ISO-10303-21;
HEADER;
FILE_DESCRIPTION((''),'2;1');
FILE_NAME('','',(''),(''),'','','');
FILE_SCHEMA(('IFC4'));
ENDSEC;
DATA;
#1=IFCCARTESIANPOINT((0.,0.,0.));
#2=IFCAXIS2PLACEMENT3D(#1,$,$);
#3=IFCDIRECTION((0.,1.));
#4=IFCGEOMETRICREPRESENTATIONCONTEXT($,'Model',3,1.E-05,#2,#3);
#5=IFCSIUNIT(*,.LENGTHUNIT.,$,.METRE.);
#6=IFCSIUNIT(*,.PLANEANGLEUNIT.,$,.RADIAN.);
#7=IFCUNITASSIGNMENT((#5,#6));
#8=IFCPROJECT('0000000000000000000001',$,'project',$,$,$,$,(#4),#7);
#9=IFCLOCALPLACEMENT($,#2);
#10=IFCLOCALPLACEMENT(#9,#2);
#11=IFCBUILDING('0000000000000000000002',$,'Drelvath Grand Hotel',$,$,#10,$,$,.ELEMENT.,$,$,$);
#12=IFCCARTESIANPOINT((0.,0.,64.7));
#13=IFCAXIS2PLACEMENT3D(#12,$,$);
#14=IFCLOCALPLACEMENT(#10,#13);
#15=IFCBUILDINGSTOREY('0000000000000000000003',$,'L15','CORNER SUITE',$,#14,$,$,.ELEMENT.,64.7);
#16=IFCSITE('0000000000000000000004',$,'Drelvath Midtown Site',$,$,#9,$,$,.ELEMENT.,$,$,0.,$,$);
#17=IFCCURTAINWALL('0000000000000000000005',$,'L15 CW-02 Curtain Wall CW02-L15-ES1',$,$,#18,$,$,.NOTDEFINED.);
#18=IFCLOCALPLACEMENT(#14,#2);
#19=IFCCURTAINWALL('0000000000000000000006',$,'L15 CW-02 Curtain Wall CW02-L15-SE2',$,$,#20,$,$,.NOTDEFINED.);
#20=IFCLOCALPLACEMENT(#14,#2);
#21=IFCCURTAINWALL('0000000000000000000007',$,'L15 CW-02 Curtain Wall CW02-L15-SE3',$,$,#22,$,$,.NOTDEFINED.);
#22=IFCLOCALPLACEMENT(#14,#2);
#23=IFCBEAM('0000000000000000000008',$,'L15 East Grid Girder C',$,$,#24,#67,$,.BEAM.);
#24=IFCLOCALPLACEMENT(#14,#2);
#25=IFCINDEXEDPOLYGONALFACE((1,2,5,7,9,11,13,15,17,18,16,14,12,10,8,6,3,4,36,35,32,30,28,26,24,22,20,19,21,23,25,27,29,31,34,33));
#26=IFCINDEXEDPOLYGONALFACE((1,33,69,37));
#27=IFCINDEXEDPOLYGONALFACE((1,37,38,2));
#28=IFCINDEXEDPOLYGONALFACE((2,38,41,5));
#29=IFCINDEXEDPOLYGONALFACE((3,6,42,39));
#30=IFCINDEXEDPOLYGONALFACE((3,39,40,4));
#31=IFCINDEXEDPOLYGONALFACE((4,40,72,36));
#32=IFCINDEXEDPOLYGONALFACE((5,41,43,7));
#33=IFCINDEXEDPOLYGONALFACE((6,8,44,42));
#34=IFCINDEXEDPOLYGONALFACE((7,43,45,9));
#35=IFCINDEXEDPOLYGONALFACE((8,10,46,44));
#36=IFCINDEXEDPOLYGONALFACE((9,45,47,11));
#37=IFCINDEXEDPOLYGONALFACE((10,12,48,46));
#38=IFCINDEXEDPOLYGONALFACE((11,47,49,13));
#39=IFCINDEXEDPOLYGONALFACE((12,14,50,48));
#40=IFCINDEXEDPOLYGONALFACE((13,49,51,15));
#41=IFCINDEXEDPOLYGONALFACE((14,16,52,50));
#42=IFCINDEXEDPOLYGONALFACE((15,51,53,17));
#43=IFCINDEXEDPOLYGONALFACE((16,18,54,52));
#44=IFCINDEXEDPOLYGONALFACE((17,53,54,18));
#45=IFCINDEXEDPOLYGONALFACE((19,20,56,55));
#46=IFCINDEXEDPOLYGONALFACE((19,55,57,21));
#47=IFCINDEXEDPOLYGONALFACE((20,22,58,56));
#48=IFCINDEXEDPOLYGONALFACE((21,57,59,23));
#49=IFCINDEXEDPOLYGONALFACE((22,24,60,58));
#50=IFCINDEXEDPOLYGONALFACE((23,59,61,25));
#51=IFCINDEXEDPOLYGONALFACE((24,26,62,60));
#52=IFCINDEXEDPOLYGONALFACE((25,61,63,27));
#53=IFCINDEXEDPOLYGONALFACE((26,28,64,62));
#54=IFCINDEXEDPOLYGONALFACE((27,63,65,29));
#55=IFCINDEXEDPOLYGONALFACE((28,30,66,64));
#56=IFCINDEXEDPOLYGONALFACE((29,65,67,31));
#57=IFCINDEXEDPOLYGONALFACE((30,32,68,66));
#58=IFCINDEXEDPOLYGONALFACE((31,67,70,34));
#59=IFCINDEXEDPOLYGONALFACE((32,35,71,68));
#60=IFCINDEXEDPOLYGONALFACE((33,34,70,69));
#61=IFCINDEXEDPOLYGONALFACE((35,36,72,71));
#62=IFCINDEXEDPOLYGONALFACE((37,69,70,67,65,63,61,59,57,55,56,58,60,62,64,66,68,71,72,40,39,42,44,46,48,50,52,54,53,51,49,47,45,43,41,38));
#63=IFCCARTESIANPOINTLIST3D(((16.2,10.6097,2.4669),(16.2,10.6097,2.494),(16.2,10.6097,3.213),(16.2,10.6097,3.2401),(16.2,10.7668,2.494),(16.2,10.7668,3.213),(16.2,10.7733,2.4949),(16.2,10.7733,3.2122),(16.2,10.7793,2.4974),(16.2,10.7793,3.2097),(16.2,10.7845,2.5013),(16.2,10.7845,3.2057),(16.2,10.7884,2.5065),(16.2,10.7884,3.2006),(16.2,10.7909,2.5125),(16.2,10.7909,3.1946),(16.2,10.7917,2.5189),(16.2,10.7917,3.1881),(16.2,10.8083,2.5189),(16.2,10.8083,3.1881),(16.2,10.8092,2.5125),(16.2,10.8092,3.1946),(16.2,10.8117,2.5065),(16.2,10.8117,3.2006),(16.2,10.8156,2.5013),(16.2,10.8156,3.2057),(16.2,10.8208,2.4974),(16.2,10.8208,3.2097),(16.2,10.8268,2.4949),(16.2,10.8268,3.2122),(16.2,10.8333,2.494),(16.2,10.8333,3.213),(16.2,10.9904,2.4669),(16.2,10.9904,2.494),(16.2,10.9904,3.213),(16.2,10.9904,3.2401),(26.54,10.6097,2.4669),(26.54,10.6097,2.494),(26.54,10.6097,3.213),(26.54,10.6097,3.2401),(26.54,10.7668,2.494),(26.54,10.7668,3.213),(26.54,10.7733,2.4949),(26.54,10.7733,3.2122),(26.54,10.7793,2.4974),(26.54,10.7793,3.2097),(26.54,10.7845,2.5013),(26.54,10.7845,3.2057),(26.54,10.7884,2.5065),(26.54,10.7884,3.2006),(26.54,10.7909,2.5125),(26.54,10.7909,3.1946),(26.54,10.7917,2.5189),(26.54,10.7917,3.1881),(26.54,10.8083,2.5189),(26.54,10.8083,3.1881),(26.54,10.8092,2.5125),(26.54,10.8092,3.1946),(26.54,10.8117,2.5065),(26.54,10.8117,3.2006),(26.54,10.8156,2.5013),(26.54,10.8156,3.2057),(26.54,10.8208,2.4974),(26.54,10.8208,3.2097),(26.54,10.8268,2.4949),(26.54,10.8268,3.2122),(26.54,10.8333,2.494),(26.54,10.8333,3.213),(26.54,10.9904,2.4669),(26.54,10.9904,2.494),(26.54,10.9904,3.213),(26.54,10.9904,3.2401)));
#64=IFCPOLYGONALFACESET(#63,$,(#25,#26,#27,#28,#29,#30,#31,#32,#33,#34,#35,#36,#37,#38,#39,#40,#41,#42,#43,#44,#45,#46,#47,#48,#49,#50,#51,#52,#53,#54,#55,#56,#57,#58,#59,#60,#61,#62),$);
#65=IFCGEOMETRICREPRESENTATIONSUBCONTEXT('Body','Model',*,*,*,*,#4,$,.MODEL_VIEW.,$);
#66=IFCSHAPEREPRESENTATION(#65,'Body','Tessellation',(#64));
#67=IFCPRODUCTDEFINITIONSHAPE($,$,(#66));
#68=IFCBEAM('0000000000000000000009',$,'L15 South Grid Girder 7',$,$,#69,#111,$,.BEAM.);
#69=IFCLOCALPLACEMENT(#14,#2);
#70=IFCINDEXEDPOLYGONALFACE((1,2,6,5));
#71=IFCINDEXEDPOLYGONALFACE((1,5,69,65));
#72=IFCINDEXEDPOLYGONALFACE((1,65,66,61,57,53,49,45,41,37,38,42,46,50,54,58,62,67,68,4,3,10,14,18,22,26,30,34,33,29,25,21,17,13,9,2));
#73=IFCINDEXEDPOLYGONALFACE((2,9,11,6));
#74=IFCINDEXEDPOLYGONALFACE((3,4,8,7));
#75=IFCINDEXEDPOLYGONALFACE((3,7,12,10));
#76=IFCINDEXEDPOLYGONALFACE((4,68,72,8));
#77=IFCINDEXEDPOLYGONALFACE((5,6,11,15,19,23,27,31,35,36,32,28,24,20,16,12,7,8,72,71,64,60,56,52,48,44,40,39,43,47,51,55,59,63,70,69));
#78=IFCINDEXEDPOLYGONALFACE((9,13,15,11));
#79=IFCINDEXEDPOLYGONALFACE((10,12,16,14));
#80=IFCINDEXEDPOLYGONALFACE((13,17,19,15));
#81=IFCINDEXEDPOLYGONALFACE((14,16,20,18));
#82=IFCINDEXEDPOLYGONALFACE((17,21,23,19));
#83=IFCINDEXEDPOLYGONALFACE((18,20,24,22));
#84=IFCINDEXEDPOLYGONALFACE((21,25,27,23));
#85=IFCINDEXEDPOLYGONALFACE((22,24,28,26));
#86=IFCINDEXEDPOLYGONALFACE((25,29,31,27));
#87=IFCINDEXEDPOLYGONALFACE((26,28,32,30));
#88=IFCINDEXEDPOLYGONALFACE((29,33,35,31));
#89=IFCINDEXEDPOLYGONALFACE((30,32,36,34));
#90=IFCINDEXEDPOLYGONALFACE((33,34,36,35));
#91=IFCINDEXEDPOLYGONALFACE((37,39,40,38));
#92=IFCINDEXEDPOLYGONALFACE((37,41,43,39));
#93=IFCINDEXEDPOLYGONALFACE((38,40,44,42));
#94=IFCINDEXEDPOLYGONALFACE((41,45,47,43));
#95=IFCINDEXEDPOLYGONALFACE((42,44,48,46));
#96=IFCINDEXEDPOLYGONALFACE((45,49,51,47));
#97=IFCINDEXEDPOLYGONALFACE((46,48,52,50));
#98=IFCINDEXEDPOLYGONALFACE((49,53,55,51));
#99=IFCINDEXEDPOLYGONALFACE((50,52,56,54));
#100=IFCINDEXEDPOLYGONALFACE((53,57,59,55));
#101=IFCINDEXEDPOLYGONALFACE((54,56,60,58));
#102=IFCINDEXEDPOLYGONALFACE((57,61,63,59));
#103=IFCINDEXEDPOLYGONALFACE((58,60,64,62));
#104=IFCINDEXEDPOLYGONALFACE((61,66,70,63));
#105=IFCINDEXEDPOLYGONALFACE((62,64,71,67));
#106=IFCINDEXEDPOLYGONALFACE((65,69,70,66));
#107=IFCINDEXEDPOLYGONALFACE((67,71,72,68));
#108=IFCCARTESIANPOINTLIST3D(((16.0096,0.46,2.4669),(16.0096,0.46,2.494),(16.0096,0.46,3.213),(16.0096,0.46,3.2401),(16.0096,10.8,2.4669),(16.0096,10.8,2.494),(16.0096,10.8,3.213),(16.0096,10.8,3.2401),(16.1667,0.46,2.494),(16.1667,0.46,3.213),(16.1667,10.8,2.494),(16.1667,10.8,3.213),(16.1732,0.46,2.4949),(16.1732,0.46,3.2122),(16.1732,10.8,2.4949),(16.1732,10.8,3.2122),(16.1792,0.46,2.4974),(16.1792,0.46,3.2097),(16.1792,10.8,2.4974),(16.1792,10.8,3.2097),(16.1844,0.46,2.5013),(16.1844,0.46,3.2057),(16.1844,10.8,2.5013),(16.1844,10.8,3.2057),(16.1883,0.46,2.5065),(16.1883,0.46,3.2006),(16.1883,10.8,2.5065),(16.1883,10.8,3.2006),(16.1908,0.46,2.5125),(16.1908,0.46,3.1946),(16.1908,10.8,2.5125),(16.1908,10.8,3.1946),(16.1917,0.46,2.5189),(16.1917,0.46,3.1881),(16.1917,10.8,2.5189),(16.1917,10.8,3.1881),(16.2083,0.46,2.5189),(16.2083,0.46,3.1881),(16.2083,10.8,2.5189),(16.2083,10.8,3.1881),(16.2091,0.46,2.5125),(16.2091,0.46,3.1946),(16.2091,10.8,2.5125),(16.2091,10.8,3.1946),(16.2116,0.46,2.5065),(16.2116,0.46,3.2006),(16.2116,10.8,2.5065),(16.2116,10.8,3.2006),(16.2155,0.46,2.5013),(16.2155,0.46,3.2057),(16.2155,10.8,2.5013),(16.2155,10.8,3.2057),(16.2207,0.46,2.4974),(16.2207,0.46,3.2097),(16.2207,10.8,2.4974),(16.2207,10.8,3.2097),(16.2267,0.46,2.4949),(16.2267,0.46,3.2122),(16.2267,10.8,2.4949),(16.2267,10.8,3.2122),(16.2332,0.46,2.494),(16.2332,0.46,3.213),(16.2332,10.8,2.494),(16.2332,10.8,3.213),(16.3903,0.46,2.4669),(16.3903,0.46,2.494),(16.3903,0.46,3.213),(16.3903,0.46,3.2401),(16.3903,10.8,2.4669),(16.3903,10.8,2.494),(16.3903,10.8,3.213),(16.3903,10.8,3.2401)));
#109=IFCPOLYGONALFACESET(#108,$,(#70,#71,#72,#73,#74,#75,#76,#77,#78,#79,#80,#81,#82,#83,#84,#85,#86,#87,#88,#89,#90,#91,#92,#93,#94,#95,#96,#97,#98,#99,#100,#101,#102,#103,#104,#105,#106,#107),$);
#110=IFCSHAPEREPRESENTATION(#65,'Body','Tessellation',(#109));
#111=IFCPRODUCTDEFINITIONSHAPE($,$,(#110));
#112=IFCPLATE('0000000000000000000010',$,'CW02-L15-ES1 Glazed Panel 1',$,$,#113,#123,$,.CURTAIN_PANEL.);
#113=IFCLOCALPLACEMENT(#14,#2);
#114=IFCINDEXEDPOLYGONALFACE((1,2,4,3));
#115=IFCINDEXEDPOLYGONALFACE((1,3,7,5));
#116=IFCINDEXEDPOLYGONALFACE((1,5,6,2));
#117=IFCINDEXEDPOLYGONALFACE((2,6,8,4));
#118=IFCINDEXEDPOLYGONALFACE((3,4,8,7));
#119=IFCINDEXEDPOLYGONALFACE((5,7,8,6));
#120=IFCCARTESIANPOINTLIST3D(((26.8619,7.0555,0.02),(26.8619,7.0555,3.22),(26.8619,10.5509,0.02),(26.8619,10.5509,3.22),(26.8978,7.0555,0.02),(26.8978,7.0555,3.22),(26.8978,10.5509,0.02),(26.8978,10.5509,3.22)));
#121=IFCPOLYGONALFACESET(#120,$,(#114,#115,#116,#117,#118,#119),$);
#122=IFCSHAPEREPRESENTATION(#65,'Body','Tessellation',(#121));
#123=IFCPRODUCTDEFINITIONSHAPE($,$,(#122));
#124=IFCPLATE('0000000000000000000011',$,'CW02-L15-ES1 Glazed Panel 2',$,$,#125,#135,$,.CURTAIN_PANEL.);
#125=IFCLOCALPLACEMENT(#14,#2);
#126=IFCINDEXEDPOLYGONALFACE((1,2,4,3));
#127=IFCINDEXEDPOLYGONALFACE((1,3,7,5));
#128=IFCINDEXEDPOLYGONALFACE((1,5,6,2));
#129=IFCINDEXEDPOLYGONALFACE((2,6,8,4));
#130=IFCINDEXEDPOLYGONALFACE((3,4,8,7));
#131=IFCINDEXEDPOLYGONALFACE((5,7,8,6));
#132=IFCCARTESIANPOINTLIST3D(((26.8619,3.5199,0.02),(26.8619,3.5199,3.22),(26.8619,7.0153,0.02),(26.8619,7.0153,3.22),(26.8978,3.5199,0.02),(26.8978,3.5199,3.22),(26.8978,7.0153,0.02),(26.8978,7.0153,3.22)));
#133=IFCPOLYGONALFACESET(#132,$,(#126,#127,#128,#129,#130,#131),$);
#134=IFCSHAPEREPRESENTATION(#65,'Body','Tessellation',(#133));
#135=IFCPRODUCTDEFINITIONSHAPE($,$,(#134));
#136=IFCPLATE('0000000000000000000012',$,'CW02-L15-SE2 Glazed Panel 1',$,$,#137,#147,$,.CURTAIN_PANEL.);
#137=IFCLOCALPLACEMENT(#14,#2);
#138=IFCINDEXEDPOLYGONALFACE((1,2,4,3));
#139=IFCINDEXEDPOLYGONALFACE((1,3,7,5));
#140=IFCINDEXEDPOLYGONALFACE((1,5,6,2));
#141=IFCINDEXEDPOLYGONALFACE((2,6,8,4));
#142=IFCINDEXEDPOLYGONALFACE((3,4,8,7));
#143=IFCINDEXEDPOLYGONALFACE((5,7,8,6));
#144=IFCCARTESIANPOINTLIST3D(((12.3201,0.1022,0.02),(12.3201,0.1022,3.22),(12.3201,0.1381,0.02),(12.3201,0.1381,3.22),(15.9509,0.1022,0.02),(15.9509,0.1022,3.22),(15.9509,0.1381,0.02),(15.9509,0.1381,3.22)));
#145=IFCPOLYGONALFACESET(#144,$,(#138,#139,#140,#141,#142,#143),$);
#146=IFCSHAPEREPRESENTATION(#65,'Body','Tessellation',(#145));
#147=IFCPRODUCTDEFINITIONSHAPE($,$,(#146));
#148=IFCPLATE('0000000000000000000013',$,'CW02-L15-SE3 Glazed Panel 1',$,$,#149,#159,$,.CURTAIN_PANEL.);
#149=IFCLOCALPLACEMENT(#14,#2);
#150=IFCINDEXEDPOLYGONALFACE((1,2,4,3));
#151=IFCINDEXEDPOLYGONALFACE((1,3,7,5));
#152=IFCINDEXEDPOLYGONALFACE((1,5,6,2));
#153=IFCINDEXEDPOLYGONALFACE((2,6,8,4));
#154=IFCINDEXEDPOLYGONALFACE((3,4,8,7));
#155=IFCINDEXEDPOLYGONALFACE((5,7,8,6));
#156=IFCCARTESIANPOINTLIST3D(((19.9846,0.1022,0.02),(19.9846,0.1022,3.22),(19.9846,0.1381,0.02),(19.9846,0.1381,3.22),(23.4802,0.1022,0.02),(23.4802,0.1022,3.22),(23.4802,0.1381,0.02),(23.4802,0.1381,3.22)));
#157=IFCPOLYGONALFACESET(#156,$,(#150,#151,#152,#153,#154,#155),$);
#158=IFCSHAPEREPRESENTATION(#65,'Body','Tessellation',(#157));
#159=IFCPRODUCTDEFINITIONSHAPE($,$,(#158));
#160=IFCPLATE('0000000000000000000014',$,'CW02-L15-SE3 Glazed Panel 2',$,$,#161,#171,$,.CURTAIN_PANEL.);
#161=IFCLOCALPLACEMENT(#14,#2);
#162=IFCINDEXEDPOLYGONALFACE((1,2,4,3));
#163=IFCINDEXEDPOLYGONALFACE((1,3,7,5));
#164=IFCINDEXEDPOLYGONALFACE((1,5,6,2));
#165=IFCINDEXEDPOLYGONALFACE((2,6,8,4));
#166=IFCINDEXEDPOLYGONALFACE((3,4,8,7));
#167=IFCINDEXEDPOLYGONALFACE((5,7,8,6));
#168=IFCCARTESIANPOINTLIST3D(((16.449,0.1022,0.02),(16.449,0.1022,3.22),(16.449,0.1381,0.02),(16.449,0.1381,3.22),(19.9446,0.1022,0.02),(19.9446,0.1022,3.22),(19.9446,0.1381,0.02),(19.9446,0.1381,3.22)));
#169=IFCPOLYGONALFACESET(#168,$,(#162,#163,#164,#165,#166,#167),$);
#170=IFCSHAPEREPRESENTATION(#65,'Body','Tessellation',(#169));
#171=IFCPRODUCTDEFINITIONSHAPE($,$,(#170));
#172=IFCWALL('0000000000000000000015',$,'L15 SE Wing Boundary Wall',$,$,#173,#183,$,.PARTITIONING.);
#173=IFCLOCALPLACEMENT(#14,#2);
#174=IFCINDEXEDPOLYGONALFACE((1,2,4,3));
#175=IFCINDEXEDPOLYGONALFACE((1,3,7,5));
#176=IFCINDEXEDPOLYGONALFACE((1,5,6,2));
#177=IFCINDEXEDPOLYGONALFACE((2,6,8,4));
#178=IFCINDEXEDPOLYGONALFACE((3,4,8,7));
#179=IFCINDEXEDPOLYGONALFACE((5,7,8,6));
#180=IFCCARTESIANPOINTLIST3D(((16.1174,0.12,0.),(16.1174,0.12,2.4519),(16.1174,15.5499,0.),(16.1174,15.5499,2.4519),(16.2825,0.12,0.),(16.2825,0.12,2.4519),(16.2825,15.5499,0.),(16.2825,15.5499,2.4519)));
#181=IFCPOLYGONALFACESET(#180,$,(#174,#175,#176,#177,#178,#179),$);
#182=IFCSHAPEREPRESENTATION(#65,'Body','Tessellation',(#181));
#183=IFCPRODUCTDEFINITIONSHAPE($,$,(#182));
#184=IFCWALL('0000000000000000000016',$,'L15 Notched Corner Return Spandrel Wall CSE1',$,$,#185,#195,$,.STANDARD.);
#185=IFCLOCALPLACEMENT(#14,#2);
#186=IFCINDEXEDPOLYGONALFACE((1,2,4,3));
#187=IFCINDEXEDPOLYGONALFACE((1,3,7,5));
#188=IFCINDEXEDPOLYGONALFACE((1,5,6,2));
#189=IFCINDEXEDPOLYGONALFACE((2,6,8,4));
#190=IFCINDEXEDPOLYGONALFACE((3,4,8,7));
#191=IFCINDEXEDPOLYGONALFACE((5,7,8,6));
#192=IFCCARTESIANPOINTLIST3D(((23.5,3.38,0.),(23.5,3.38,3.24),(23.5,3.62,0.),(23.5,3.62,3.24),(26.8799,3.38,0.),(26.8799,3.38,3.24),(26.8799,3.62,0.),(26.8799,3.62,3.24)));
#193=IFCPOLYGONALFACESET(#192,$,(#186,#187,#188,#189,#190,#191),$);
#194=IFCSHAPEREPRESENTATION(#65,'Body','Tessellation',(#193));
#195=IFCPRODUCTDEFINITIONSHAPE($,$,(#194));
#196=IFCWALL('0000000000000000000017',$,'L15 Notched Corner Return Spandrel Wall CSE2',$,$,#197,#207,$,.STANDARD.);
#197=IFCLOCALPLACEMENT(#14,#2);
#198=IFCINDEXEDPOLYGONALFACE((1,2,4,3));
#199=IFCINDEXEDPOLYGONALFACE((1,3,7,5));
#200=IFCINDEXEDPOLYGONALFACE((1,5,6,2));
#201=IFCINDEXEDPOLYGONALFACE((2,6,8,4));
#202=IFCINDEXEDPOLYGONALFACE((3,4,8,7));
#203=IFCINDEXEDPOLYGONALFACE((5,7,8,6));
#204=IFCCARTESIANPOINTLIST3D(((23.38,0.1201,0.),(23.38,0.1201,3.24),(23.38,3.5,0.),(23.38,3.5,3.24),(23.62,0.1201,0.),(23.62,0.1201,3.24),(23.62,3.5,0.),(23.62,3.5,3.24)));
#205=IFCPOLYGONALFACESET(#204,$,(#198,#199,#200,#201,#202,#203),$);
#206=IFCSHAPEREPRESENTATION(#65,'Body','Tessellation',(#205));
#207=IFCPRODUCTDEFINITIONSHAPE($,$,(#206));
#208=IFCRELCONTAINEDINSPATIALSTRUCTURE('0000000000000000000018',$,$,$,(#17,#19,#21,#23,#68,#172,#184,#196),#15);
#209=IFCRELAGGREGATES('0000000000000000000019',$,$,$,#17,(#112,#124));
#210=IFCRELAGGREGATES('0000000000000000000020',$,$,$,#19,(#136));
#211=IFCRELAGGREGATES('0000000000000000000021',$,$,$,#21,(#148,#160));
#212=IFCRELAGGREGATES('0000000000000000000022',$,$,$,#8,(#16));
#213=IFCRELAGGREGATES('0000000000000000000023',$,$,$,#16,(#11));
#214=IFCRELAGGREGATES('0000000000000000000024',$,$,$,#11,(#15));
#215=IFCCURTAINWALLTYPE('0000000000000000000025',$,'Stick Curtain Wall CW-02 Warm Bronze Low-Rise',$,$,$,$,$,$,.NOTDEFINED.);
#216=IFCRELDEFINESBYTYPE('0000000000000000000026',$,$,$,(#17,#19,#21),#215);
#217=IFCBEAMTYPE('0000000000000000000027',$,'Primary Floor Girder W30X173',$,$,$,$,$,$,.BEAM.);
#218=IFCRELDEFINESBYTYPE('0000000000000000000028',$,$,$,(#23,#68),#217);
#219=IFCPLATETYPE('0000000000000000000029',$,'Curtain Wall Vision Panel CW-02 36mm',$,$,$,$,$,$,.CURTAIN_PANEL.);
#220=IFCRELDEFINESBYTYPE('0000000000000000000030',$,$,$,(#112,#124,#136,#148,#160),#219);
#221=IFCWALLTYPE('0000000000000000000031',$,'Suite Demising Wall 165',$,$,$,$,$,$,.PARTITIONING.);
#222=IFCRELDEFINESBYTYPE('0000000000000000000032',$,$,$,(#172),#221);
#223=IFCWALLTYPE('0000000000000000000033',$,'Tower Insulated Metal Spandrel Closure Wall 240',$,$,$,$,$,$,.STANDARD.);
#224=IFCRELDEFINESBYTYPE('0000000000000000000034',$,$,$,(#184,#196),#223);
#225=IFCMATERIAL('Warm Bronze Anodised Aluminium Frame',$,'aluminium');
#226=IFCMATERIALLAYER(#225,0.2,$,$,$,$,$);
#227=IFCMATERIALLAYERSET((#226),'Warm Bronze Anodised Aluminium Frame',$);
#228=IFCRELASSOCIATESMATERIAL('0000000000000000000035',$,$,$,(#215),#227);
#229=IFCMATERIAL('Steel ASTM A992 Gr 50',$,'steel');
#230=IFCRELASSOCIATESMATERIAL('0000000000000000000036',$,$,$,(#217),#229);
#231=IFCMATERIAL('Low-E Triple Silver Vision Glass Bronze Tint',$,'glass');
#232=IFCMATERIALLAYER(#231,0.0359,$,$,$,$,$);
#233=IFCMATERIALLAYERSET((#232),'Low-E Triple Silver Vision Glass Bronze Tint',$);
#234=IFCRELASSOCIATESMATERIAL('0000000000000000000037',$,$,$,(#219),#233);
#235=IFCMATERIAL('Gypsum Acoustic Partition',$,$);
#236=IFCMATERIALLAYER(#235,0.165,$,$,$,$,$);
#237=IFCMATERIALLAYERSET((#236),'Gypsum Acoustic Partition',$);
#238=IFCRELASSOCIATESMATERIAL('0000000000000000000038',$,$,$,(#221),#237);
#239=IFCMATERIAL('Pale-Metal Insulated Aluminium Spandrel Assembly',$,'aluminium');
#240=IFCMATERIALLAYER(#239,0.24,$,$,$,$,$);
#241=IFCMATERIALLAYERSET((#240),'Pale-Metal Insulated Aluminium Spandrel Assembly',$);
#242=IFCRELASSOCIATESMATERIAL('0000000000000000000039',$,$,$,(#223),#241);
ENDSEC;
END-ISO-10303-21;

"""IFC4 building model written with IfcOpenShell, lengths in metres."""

from ifc_helpers import new_model, si_unit, direction, frame, frame_2d, origin, origin_2d, place, context, subcontext, project, spatial, rectangle, i_section, extrude, material, layer, layer_set, material_profile, profile_set, type_object, element, aggregate, save


model = new_model("IFC4")

# Units and contexts
model_context = context("Model", 3, precision=1e-05, world=origin(), true_north=direction((0.0, 1.0)))
body_context = subcontext(model_context, "Body", "Model", "MODEL_VIEW")
ifc_project = project(units=[si_unit("LENGTHUNIT", "METRE"), si_unit("PLANEANGLEUNIT", "RADIAN")], contexts=[model_context])

# Site, building, storey
site_placement = place(None, origin())
site = spatial("IfcSite", under=ifc_project, at=site_placement, Name="Drelvath Midtown Site", CompositionType="ELEMENT", RefElevation=0.0)
building_placement = place(site_placement, origin())
building = spatial("IfcBuilding", under=site, at=building_placement, Name="Drelvath Grand Hotel", CompositionType="ELEMENT")
storey_placement = place(building_placement, frame((0.0, 0.0, 64.7)))
storey = spatial("IfcBuildingStorey", under=building, at=storey_placement, Name="L15", Description="CORNER SUITE", CompositionType="ELEMENT", Elevation=64.7)

# Shared definitions
ifc_material_1 = material(Name="Steel ASTM A992 Gr 50", Category="steel")

# Curtain walls
ifc_material_2 = material(Name="Warm Bronze Anodised Aluminium Frame", Category="aluminium")
ifc_layer_1 = layer(ifc_material_2, 0.2)
ifc_layer_set_1 = layer_set([ifc_layer_1], Name="Warm Bronze Anodised Aluminium Frame")
curtain_wall_type = type_object("IfcCurtainWallType", Name="Stick Curtain Wall CW-02 Warm Bronze Low-Rise", PredefinedType="NOTDEFINED", material=ifc_layer_set_1)
curtain_wall_1_placement = place(storey_placement, origin())
curtain_wall_1 = element("IfcCurtainWall", 1, at=curtain_wall_1_placement, inside=storey, type_object=curtain_wall_type, Name="L15 CW-02 Curtain Wall CW02-L15-ES1", PredefinedType="NOTDEFINED")
curtain_wall_2_placement = place(storey_placement, origin())
curtain_wall_2 = element("IfcCurtainWall", 2, at=curtain_wall_2_placement, inside=storey, type_object=curtain_wall_type, Name="L15 CW-02 Curtain Wall CW02-L15-SE2", PredefinedType="NOTDEFINED")
curtain_wall_3_placement = place(storey_placement, origin())
curtain_wall_3 = element("IfcCurtainWall", 3, at=curtain_wall_3_placement, inside=storey, type_object=curtain_wall_type, Name="L15 CW-02 Curtain Wall CW02-L15-SE3", PredefinedType="NOTDEFINED")

# Beams
ifc_material_profile_1 = material_profile(ifc_material_1, i_section(OverallWidth=0.3806, OverallDepth=0.7732, WebThickness=0.0166, FlangeThickness=0.0271, FilletRadius=0.0249, at=origin_2d()), Name="W30X173")
ifc_profile_set_1 = profile_set([ifc_material_profile_1], Name="Steel ASTM A992 Gr 50")
beam_type_1 = type_object("IfcBeamType", Name="Primary Floor Girder W30X173", PredefinedType="BEAM", material=ifc_profile_set_1)
for number, where, z_axis, x_axis, name in (
    (4, (16.2, 10.8, 2.8535), (1.0, 0.0, 0.0), (0.0, 1.0, 0.0), "L15 East Grid Girder C"),
    (5, (16.2, 0.46, 2.8535), (0.0, 1.0, 0.0), (-1.0, 0.0, 0.0), "L15 South Grid Girder 7"),
):
    element("IfcBeam", number, at=place(storey_placement, frame(where, z_axis=z_axis, x_axis=x_axis)), inside=storey, type_object=beam_type_1, Name=name, PredefinedType="BEAM", context=body_context, shape_type="SweptSolid", body=[
        extrude(i_section(OverallWidth=0.3806, OverallDepth=0.7732, WebThickness=0.0166, FlangeThickness=0.0271, FilletRadius=0.0249, at=origin_2d()), origin(), (0.0, 0.0, 1.0), 10.3401),
    ])

# Plates
ifc_material_3 = material(Name="Low-E Triple Silver Vision Glass Bronze Tint", Category="glass")
ifc_layer_2 = layer(ifc_material_3, 0.0359)
ifc_layer_set_2 = layer_set([ifc_layer_2], Name="Low-E Triple Silver Vision Glass Bronze Tint")
plate_type = type_object("IfcPlateType", Name="Curtain Wall Vision Panel CW-02 36mm", PredefinedType="CURTAIN_PANEL", material=ifc_layer_set_2)
plate_1_placement = place(storey_placement, frame((26.8799, 8.8032, 0.02), z_axis=(0.0, 0.0, 1.0), x_axis=(0.0, -1.0, 0.0)))
plate_1 = element("IfcPlate", 6, at=plate_1_placement, type_object=plate_type, Name="CW02-L15-ES1 Glazed Panel 1", PredefinedType="CURTAIN_PANEL", context=body_context, shape_type="SweptSolid", body=[
    extrude(rectangle(XDim=3.4954, YDim=0.0359, at=origin_2d()), origin(), (0.0, 0.0, 1.0), 3.2),
])
plate_2_placement = place(storey_placement, frame((26.8799, 5.2676, 0.02), z_axis=(0.0, 0.0, 1.0), x_axis=(0.0, -1.0, 0.0)))
plate_2 = element("IfcPlate", 7, at=plate_2_placement, type_object=plate_type, Name="CW02-L15-ES1 Glazed Panel 2", PredefinedType="CURTAIN_PANEL", context=body_context, shape_type="SweptSolid", body=[
    extrude(rectangle(XDim=3.4954, YDim=0.0359, at=origin_2d()), origin(), (0.0, 0.0, 1.0), 3.2),
])
aggregate(curtain_wall_1, [plate_1, plate_2])
plate_3_placement = place(storey_placement, frame((14.1355, 0.1201, 0.02), z_axis=(0.0, 0.0, 1.0), x_axis=(-1.0, 0.0, 0.0)))
plate_3 = element("IfcPlate", 8, at=plate_3_placement, type_object=plate_type, Name="CW02-L15-SE2 Glazed Panel 1", PredefinedType="CURTAIN_PANEL", context=body_context, shape_type="SweptSolid", body=[
    extrude(rectangle(XDim=3.6309, YDim=0.0359, at=origin_2d()), origin(), (0.0, 0.0, 1.0), 3.2),
])
aggregate(curtain_wall_2, [plate_3])
plate_4_placement = place(storey_placement, frame((21.7324, 0.1201, 0.02), z_axis=(0.0, 0.0, 1.0), x_axis=(-1.0, 0.0, 0.0)))
plate_4 = element("IfcPlate", 9, at=plate_4_placement, type_object=plate_type, Name="CW02-L15-SE3 Glazed Panel 1", PredefinedType="CURTAIN_PANEL", context=body_context, shape_type="SweptSolid", body=[
    extrude(rectangle(XDim=3.4956, YDim=0.0359, at=origin_2d()), origin(), (0.0, 0.0, 1.0), 3.2),
])
plate_5_placement = place(storey_placement, frame((18.1968, 0.1201, 0.02), z_axis=(0.0, 0.0, 1.0), x_axis=(-1.0, 0.0, 0.0)))
plate_5 = element("IfcPlate", 10, at=plate_5_placement, type_object=plate_type, Name="CW02-L15-SE3 Glazed Panel 2", PredefinedType="CURTAIN_PANEL", context=body_context, shape_type="SweptSolid", body=[
    extrude(rectangle(XDim=3.4956, YDim=0.0359, at=origin_2d()), origin(), (0.0, 0.0, 1.0), 3.2),
])
aggregate(curtain_wall_3, [plate_4, plate_5])

# Walls
ifc_material_4 = material(Name="Gypsum Acoustic Partition")
ifc_layer_3 = layer(ifc_material_4, 0.165)
ifc_layer_set_3 = layer_set([ifc_layer_3], Name="Gypsum Acoustic Partition")
wall_type_1 = type_object("IfcWallType", Name="Suite Demising Wall 165", PredefinedType="PARTITIONING", material=ifc_layer_set_3)
wall_placement = place(storey_placement, frame((16.2, 0.1201, 0.0), z_axis=(0.0, 0.0, 1.0), x_axis=(0.0, 1.0, 0.0)))
element("IfcWall", 11, at=wall_placement, inside=storey, type_object=wall_type_1, Name="L15 SE Wing Boundary Wall", PredefinedType="PARTITIONING", context=body_context, shape_type="SweptSolid", body=[
    extrude(rectangle(XDim=15.4299, YDim=0.165, at=frame_2d((7.7148, 0.0))), origin(), (0.0, 0.0, 1.0), 2.4519),
])
ifc_material_5 = material(Name="Pale-Metal Insulated Aluminium Spandrel Assembly", Category="aluminium")
ifc_layer_4 = layer(ifc_material_5, 0.24)
ifc_layer_set_4 = layer_set([ifc_layer_4], Name="Pale-Metal Insulated Aluminium Spandrel Assembly")
wall_type_2 = type_object("IfcWallType", Name="Tower Insulated Metal Spandrel Closure Wall 240", PredefinedType="STANDARD", material=ifc_layer_set_4)
for number, where, z_axis, x_axis, name in (
    (12, (26.8799, 3.5, 0.0), (0.0, 0.0, 1.0), (-1.0, 0.0, 0.0), "L15 Notched Corner Return Spandrel Wall CSE1"),
    (13, (23.5, 3.5, 0.0), (0.0, 0.0, 1.0), (0.0, -1.0, 0.0), "L15 Notched Corner Return Spandrel Wall CSE2"),
):
    element("IfcWall", number, at=place(storey_placement, frame(where, z_axis=z_axis, x_axis=x_axis)), inside=storey, type_object=wall_type_2, Name=name, PredefinedType="STANDARD", context=body_context, shape_type="SweptSolid", body=[
        extrude(rectangle(XDim=3.3799, YDim=0.24, at=frame_2d((1.6899, 0.0))), origin(), (0.0, 0.0, 1.0), 3.24),
    ])

save(model, "model.ifc")
